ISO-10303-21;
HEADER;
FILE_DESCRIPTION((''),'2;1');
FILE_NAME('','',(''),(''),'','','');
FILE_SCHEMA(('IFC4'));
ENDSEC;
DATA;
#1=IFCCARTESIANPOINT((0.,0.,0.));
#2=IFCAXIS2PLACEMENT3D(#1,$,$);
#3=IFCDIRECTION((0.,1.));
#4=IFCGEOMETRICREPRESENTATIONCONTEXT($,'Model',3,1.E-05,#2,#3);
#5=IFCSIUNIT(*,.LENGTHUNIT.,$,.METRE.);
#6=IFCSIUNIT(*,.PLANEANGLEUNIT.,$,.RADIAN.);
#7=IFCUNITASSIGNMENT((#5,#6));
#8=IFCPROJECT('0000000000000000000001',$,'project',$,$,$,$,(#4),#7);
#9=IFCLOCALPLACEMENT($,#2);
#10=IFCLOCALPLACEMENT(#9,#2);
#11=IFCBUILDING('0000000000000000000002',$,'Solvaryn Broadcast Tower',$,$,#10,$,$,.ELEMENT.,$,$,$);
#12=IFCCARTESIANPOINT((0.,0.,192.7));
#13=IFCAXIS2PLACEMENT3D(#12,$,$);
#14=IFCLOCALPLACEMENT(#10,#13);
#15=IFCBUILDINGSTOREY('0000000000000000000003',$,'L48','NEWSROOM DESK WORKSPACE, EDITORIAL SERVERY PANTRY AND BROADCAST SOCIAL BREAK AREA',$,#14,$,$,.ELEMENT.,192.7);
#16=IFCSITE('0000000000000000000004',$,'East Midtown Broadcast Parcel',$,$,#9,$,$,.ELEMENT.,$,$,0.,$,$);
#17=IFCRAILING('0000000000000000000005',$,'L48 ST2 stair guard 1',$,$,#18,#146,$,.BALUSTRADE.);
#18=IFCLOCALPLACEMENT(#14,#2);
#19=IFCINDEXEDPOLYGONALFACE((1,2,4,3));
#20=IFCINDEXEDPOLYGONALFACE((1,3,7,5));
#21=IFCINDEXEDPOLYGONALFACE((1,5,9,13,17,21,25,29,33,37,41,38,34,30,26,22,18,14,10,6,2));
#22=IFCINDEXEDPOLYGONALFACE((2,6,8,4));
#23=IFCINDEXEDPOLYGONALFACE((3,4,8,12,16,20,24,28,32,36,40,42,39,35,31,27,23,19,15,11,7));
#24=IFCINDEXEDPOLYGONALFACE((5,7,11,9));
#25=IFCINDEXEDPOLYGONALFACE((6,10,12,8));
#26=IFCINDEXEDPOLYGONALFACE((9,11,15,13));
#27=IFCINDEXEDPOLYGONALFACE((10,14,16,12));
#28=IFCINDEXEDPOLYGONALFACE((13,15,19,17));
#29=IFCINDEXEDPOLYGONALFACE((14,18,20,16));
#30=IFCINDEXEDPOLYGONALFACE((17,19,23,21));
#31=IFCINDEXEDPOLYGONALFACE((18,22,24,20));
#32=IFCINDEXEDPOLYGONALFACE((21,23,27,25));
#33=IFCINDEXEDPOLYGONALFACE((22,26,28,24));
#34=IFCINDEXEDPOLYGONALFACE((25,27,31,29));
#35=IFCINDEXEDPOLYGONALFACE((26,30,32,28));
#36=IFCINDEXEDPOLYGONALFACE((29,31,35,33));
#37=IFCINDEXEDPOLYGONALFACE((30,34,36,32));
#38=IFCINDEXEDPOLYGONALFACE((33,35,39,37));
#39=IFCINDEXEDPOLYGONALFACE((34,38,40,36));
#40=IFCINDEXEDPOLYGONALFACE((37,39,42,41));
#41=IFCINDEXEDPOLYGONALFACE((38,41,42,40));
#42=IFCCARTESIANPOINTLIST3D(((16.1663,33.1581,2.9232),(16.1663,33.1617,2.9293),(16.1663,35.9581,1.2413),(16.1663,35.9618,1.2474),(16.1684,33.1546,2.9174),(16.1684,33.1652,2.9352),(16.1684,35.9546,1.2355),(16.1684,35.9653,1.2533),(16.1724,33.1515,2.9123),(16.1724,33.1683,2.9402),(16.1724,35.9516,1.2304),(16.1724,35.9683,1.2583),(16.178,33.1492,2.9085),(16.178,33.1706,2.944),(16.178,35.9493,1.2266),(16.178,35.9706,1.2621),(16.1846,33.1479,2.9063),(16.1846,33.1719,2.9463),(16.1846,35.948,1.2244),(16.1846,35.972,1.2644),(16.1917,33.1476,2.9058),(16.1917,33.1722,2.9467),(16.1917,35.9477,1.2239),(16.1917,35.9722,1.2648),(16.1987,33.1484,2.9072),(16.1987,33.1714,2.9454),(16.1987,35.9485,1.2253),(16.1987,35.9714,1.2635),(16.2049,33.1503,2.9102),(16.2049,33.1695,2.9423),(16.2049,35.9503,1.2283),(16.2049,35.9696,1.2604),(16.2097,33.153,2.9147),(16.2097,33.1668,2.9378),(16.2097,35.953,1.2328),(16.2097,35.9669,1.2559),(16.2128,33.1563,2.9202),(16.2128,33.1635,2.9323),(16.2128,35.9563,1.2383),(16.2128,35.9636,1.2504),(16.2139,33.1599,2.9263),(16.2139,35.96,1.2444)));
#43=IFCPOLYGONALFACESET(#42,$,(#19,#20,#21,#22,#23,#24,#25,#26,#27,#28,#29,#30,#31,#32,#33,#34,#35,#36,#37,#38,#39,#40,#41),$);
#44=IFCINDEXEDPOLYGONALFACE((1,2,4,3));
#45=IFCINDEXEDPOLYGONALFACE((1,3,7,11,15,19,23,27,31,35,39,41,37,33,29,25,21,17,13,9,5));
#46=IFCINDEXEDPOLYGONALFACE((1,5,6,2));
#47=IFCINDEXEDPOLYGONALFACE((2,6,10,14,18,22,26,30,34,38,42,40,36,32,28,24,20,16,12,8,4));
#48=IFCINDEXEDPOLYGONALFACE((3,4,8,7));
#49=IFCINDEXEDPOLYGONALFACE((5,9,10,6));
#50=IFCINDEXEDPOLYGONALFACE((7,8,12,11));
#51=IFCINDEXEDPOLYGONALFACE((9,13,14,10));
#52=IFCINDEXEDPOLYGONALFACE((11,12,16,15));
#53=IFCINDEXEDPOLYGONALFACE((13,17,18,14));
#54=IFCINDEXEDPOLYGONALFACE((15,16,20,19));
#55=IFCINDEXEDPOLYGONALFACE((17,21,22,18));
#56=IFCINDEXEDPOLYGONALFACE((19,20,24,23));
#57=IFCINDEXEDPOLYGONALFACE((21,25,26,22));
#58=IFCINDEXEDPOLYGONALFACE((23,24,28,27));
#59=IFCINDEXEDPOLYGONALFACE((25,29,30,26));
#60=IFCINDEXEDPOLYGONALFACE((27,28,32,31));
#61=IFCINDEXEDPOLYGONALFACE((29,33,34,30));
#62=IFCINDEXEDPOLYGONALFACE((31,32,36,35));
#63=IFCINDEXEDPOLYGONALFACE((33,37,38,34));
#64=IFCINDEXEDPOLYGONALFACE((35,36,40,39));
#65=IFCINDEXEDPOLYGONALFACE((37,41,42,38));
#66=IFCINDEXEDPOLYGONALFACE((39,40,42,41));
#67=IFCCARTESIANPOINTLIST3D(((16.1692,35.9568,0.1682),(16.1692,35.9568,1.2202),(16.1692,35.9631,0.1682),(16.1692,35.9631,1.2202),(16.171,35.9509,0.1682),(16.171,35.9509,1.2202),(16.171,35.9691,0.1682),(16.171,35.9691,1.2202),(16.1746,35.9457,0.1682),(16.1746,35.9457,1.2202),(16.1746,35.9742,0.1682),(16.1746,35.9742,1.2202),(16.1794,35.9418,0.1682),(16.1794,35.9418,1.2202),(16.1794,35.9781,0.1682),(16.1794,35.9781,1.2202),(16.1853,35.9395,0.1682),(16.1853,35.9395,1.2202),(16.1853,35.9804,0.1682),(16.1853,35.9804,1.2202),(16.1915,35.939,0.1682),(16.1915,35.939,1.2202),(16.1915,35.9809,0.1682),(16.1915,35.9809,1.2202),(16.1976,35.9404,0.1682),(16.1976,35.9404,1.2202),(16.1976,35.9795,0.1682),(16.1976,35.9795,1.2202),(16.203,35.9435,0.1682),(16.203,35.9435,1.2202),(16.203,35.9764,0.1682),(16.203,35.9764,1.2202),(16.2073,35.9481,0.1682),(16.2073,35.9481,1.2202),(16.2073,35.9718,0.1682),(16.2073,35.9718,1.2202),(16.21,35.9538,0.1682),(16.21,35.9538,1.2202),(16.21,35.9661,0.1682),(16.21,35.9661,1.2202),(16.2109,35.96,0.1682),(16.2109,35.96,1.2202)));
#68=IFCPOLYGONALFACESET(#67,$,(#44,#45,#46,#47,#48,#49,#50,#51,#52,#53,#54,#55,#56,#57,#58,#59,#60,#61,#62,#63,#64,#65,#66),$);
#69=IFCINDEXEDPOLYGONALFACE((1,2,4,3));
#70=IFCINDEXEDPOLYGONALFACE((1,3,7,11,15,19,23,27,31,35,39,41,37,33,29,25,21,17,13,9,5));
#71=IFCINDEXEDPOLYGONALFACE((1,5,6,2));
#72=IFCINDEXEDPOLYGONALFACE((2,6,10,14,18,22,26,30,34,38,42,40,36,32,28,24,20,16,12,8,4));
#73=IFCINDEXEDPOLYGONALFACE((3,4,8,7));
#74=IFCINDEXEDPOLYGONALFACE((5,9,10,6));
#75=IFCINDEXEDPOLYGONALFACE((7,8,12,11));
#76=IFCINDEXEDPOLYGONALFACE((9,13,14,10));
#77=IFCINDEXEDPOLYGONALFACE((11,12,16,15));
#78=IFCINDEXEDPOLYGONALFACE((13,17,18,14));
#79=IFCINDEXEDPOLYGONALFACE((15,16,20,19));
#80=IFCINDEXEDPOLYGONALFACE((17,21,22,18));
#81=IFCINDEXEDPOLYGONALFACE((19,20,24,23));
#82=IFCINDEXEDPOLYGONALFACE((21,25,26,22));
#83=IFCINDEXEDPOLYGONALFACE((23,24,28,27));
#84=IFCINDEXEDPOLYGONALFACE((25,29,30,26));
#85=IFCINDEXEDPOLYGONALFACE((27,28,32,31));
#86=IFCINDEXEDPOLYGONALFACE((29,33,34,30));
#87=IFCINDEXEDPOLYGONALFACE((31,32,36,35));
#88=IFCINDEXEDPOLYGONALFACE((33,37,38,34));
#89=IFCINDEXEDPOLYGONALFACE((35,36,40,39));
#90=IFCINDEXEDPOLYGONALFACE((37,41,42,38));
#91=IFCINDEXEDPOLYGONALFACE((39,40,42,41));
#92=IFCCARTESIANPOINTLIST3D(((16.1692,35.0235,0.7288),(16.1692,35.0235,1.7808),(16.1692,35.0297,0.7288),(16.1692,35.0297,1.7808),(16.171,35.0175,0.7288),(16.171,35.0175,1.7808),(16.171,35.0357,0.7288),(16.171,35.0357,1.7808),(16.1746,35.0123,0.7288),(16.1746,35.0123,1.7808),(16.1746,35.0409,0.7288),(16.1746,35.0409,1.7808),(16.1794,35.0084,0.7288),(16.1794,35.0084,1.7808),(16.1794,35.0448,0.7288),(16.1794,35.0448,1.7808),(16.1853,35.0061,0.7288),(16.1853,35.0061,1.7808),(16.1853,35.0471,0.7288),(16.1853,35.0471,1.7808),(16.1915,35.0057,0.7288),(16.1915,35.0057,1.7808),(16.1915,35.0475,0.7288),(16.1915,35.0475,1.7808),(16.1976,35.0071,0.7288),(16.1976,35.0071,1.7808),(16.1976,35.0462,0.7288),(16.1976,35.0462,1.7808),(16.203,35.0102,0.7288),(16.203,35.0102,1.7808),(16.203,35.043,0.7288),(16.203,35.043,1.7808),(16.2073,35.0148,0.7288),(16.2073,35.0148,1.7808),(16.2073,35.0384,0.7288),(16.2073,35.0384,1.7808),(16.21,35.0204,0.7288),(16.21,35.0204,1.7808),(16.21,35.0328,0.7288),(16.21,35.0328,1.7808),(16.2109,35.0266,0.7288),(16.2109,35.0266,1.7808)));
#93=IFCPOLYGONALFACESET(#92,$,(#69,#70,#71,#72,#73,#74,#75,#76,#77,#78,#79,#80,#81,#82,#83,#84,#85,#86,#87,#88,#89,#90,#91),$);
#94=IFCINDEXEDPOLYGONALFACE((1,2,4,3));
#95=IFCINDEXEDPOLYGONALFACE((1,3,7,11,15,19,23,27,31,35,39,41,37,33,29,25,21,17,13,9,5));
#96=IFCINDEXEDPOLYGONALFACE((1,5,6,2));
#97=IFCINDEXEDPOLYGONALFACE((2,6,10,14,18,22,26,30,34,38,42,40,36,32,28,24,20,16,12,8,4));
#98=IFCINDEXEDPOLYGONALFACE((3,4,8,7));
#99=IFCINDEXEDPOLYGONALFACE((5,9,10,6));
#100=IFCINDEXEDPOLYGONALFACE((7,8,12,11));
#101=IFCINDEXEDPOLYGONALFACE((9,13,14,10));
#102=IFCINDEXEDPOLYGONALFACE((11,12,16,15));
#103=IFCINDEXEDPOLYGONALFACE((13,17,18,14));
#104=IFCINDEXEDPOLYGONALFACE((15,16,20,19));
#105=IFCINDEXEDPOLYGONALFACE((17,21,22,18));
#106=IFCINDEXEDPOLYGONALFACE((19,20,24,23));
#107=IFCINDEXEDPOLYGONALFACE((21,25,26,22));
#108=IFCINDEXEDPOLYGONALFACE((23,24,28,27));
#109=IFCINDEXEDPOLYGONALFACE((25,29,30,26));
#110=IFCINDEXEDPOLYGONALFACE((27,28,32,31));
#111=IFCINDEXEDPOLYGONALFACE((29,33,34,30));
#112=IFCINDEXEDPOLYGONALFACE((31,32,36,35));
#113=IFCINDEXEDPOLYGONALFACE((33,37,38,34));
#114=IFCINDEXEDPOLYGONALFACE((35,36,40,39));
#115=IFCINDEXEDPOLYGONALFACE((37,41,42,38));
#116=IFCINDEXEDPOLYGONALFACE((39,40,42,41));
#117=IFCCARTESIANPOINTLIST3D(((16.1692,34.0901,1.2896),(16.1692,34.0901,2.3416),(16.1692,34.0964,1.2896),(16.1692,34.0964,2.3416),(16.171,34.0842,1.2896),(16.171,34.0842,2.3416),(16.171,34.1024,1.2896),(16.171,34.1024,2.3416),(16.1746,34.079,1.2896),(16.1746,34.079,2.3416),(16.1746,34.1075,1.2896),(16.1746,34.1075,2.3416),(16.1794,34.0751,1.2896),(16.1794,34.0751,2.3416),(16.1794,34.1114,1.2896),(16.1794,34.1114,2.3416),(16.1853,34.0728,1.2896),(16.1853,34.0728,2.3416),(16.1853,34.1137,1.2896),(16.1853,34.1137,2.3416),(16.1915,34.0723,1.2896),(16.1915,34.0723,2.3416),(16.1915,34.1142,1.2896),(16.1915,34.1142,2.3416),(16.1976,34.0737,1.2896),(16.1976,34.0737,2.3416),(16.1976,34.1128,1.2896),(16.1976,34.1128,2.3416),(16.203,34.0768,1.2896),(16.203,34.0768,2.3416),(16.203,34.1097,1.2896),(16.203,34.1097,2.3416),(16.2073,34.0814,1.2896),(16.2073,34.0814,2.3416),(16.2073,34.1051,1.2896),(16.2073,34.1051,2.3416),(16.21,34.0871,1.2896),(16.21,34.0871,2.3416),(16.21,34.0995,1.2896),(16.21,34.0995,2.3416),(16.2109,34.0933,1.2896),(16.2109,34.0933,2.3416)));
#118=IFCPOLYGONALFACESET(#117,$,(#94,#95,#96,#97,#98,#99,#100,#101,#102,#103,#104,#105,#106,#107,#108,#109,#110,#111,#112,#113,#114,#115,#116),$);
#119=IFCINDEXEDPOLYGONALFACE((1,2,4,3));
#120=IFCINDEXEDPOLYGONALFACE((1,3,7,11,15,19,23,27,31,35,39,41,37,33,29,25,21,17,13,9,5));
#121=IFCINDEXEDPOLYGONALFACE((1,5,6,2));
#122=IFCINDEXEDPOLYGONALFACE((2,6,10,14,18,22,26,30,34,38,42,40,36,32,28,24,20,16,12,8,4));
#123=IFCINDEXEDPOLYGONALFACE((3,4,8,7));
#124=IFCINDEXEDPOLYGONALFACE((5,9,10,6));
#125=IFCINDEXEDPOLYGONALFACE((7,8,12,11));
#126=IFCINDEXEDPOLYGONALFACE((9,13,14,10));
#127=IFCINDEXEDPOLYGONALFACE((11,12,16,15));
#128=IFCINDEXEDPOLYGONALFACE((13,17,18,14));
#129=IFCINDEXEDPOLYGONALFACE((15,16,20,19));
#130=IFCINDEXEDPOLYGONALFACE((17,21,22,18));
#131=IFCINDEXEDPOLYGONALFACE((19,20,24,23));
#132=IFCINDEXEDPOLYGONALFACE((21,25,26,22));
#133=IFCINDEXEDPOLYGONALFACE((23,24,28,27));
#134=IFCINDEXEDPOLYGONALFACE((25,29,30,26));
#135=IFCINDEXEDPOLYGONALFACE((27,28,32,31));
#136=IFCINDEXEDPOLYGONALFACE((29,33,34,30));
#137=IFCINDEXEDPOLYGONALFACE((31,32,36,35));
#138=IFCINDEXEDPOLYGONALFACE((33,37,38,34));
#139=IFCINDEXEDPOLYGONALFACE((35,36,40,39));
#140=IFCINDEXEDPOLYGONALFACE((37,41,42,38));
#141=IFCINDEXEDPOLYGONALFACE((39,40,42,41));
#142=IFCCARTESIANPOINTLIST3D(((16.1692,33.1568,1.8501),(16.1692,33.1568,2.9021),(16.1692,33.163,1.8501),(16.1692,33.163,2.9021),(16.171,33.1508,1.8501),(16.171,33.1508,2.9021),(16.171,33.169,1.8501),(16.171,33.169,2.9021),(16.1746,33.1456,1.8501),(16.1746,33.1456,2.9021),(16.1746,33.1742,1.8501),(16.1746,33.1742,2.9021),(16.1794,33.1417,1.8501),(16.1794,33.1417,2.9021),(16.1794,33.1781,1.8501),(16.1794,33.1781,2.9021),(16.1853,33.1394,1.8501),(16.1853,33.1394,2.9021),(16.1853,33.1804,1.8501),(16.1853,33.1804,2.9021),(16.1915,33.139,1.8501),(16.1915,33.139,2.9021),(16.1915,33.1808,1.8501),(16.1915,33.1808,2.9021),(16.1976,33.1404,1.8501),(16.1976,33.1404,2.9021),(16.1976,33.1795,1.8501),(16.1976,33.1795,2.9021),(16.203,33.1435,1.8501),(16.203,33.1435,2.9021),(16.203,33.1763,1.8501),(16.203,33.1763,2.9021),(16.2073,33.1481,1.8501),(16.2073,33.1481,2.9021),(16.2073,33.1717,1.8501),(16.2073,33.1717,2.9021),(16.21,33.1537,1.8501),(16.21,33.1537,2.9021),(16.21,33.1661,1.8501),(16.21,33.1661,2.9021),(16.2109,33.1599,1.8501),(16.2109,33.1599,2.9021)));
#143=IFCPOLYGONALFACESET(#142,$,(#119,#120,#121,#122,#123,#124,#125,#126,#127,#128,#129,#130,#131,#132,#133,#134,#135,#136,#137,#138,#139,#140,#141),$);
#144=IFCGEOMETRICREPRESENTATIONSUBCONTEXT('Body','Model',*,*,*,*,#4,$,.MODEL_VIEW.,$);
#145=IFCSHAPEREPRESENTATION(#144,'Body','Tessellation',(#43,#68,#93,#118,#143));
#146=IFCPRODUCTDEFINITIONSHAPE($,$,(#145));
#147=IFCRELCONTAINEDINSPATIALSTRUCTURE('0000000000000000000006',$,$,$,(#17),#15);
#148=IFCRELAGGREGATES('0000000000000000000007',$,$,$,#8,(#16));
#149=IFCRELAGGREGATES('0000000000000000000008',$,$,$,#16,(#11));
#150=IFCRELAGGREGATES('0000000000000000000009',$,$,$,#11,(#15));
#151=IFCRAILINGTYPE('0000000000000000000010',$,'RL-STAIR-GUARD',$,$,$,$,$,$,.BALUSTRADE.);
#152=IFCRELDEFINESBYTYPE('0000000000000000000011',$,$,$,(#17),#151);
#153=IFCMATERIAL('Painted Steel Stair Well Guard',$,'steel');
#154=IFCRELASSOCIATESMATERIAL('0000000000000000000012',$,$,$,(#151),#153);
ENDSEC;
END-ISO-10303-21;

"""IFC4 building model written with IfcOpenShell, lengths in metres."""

from ifc_helpers import new_model, si_unit, direction, frame, origin, origin_2d, place, context, subcontext, project, spatial, circle, extrude, material, type_object, element, save


model = new_model("IFC4")

# Units and contexts
model_context = context("Model", 3, precision=1e-05, world=origin(), true_north=direction((0.0, 1.0)))
body_context = subcontext(model_context, "Body", "Model", "MODEL_VIEW")
ifc_project = project(units=[si_unit("LENGTHUNIT", "METRE"), si_unit("PLANEANGLEUNIT", "RADIAN")], contexts=[model_context])

# Site, building, storey
site_placement = place(None, origin())
site = spatial("IfcSite", under=ifc_project, at=site_placement, Name="East Midtown Broadcast Parcel", CompositionType="ELEMENT", RefElevation=0.0)
building_placement = place(site_placement, origin())
building = spatial("IfcBuilding", under=site, at=building_placement, Name="Solvaryn Broadcast Tower", CompositionType="ELEMENT")
storey_placement = place(building_placement, frame((0.0, 0.0, 192.7)))
storey = spatial("IfcBuildingStorey", under=building, at=storey_placement, Name="L48", Description="NEWSROOM DESK WORKSPACE, EDITORIAL SERVERY PANTRY AND BROADCAST SOCIAL BREAK AREA", CompositionType="ELEMENT", Elevation=192.7)

# Railing
ifc_material_1 = material(Name="Painted Steel Stair Well Guard", Category="steel")
railing_type_1 = type_object("IfcRailingType", Name="RL-STAIR-GUARD", PredefinedType="BALUSTRADE", material=ifc_material_1)
railing_1_placement = place(storey_placement, frame((16.1899, 35.96, 0.1682)))
element("IfcRailing", 1, at=railing_1_placement, inside=storey, type_object=railing_type_1, Name="L48 ST2 stair guard 1", PredefinedType="BALUSTRADE", context=body_context, shape_type="SweptSolid", body=[
    extrude(circle(Radius=0.0239, at=origin_2d()), frame((0.0, 0.0, 1.0762), z_axis=(0.0, -0.857242, 0.514913), x_axis=(1.0, 0.0, 0.0)), (0.0, 0.0, 1.0), 3.2664),
    extrude(circle(Radius=0.021, at=origin_2d()), origin(), (0.0, 0.0, 1.0), 1.052),
    extrude(circle(Radius=0.021, at=origin_2d()), frame((0.0, -0.9333, 0.5605)), (0.0, 0.0, 1.0), 1.052),
    extrude(circle(Radius=0.021, at=origin_2d()), frame((0.0, -1.8667, 1.1213)), (0.0, 0.0, 1.0), 1.052),
    extrude(circle(Radius=0.021, at=origin_2d()), frame((0.0, -2.8, 1.6819)), (0.0, 0.0, 1.0), 1.052),
])

save(model, "model.ifc")
